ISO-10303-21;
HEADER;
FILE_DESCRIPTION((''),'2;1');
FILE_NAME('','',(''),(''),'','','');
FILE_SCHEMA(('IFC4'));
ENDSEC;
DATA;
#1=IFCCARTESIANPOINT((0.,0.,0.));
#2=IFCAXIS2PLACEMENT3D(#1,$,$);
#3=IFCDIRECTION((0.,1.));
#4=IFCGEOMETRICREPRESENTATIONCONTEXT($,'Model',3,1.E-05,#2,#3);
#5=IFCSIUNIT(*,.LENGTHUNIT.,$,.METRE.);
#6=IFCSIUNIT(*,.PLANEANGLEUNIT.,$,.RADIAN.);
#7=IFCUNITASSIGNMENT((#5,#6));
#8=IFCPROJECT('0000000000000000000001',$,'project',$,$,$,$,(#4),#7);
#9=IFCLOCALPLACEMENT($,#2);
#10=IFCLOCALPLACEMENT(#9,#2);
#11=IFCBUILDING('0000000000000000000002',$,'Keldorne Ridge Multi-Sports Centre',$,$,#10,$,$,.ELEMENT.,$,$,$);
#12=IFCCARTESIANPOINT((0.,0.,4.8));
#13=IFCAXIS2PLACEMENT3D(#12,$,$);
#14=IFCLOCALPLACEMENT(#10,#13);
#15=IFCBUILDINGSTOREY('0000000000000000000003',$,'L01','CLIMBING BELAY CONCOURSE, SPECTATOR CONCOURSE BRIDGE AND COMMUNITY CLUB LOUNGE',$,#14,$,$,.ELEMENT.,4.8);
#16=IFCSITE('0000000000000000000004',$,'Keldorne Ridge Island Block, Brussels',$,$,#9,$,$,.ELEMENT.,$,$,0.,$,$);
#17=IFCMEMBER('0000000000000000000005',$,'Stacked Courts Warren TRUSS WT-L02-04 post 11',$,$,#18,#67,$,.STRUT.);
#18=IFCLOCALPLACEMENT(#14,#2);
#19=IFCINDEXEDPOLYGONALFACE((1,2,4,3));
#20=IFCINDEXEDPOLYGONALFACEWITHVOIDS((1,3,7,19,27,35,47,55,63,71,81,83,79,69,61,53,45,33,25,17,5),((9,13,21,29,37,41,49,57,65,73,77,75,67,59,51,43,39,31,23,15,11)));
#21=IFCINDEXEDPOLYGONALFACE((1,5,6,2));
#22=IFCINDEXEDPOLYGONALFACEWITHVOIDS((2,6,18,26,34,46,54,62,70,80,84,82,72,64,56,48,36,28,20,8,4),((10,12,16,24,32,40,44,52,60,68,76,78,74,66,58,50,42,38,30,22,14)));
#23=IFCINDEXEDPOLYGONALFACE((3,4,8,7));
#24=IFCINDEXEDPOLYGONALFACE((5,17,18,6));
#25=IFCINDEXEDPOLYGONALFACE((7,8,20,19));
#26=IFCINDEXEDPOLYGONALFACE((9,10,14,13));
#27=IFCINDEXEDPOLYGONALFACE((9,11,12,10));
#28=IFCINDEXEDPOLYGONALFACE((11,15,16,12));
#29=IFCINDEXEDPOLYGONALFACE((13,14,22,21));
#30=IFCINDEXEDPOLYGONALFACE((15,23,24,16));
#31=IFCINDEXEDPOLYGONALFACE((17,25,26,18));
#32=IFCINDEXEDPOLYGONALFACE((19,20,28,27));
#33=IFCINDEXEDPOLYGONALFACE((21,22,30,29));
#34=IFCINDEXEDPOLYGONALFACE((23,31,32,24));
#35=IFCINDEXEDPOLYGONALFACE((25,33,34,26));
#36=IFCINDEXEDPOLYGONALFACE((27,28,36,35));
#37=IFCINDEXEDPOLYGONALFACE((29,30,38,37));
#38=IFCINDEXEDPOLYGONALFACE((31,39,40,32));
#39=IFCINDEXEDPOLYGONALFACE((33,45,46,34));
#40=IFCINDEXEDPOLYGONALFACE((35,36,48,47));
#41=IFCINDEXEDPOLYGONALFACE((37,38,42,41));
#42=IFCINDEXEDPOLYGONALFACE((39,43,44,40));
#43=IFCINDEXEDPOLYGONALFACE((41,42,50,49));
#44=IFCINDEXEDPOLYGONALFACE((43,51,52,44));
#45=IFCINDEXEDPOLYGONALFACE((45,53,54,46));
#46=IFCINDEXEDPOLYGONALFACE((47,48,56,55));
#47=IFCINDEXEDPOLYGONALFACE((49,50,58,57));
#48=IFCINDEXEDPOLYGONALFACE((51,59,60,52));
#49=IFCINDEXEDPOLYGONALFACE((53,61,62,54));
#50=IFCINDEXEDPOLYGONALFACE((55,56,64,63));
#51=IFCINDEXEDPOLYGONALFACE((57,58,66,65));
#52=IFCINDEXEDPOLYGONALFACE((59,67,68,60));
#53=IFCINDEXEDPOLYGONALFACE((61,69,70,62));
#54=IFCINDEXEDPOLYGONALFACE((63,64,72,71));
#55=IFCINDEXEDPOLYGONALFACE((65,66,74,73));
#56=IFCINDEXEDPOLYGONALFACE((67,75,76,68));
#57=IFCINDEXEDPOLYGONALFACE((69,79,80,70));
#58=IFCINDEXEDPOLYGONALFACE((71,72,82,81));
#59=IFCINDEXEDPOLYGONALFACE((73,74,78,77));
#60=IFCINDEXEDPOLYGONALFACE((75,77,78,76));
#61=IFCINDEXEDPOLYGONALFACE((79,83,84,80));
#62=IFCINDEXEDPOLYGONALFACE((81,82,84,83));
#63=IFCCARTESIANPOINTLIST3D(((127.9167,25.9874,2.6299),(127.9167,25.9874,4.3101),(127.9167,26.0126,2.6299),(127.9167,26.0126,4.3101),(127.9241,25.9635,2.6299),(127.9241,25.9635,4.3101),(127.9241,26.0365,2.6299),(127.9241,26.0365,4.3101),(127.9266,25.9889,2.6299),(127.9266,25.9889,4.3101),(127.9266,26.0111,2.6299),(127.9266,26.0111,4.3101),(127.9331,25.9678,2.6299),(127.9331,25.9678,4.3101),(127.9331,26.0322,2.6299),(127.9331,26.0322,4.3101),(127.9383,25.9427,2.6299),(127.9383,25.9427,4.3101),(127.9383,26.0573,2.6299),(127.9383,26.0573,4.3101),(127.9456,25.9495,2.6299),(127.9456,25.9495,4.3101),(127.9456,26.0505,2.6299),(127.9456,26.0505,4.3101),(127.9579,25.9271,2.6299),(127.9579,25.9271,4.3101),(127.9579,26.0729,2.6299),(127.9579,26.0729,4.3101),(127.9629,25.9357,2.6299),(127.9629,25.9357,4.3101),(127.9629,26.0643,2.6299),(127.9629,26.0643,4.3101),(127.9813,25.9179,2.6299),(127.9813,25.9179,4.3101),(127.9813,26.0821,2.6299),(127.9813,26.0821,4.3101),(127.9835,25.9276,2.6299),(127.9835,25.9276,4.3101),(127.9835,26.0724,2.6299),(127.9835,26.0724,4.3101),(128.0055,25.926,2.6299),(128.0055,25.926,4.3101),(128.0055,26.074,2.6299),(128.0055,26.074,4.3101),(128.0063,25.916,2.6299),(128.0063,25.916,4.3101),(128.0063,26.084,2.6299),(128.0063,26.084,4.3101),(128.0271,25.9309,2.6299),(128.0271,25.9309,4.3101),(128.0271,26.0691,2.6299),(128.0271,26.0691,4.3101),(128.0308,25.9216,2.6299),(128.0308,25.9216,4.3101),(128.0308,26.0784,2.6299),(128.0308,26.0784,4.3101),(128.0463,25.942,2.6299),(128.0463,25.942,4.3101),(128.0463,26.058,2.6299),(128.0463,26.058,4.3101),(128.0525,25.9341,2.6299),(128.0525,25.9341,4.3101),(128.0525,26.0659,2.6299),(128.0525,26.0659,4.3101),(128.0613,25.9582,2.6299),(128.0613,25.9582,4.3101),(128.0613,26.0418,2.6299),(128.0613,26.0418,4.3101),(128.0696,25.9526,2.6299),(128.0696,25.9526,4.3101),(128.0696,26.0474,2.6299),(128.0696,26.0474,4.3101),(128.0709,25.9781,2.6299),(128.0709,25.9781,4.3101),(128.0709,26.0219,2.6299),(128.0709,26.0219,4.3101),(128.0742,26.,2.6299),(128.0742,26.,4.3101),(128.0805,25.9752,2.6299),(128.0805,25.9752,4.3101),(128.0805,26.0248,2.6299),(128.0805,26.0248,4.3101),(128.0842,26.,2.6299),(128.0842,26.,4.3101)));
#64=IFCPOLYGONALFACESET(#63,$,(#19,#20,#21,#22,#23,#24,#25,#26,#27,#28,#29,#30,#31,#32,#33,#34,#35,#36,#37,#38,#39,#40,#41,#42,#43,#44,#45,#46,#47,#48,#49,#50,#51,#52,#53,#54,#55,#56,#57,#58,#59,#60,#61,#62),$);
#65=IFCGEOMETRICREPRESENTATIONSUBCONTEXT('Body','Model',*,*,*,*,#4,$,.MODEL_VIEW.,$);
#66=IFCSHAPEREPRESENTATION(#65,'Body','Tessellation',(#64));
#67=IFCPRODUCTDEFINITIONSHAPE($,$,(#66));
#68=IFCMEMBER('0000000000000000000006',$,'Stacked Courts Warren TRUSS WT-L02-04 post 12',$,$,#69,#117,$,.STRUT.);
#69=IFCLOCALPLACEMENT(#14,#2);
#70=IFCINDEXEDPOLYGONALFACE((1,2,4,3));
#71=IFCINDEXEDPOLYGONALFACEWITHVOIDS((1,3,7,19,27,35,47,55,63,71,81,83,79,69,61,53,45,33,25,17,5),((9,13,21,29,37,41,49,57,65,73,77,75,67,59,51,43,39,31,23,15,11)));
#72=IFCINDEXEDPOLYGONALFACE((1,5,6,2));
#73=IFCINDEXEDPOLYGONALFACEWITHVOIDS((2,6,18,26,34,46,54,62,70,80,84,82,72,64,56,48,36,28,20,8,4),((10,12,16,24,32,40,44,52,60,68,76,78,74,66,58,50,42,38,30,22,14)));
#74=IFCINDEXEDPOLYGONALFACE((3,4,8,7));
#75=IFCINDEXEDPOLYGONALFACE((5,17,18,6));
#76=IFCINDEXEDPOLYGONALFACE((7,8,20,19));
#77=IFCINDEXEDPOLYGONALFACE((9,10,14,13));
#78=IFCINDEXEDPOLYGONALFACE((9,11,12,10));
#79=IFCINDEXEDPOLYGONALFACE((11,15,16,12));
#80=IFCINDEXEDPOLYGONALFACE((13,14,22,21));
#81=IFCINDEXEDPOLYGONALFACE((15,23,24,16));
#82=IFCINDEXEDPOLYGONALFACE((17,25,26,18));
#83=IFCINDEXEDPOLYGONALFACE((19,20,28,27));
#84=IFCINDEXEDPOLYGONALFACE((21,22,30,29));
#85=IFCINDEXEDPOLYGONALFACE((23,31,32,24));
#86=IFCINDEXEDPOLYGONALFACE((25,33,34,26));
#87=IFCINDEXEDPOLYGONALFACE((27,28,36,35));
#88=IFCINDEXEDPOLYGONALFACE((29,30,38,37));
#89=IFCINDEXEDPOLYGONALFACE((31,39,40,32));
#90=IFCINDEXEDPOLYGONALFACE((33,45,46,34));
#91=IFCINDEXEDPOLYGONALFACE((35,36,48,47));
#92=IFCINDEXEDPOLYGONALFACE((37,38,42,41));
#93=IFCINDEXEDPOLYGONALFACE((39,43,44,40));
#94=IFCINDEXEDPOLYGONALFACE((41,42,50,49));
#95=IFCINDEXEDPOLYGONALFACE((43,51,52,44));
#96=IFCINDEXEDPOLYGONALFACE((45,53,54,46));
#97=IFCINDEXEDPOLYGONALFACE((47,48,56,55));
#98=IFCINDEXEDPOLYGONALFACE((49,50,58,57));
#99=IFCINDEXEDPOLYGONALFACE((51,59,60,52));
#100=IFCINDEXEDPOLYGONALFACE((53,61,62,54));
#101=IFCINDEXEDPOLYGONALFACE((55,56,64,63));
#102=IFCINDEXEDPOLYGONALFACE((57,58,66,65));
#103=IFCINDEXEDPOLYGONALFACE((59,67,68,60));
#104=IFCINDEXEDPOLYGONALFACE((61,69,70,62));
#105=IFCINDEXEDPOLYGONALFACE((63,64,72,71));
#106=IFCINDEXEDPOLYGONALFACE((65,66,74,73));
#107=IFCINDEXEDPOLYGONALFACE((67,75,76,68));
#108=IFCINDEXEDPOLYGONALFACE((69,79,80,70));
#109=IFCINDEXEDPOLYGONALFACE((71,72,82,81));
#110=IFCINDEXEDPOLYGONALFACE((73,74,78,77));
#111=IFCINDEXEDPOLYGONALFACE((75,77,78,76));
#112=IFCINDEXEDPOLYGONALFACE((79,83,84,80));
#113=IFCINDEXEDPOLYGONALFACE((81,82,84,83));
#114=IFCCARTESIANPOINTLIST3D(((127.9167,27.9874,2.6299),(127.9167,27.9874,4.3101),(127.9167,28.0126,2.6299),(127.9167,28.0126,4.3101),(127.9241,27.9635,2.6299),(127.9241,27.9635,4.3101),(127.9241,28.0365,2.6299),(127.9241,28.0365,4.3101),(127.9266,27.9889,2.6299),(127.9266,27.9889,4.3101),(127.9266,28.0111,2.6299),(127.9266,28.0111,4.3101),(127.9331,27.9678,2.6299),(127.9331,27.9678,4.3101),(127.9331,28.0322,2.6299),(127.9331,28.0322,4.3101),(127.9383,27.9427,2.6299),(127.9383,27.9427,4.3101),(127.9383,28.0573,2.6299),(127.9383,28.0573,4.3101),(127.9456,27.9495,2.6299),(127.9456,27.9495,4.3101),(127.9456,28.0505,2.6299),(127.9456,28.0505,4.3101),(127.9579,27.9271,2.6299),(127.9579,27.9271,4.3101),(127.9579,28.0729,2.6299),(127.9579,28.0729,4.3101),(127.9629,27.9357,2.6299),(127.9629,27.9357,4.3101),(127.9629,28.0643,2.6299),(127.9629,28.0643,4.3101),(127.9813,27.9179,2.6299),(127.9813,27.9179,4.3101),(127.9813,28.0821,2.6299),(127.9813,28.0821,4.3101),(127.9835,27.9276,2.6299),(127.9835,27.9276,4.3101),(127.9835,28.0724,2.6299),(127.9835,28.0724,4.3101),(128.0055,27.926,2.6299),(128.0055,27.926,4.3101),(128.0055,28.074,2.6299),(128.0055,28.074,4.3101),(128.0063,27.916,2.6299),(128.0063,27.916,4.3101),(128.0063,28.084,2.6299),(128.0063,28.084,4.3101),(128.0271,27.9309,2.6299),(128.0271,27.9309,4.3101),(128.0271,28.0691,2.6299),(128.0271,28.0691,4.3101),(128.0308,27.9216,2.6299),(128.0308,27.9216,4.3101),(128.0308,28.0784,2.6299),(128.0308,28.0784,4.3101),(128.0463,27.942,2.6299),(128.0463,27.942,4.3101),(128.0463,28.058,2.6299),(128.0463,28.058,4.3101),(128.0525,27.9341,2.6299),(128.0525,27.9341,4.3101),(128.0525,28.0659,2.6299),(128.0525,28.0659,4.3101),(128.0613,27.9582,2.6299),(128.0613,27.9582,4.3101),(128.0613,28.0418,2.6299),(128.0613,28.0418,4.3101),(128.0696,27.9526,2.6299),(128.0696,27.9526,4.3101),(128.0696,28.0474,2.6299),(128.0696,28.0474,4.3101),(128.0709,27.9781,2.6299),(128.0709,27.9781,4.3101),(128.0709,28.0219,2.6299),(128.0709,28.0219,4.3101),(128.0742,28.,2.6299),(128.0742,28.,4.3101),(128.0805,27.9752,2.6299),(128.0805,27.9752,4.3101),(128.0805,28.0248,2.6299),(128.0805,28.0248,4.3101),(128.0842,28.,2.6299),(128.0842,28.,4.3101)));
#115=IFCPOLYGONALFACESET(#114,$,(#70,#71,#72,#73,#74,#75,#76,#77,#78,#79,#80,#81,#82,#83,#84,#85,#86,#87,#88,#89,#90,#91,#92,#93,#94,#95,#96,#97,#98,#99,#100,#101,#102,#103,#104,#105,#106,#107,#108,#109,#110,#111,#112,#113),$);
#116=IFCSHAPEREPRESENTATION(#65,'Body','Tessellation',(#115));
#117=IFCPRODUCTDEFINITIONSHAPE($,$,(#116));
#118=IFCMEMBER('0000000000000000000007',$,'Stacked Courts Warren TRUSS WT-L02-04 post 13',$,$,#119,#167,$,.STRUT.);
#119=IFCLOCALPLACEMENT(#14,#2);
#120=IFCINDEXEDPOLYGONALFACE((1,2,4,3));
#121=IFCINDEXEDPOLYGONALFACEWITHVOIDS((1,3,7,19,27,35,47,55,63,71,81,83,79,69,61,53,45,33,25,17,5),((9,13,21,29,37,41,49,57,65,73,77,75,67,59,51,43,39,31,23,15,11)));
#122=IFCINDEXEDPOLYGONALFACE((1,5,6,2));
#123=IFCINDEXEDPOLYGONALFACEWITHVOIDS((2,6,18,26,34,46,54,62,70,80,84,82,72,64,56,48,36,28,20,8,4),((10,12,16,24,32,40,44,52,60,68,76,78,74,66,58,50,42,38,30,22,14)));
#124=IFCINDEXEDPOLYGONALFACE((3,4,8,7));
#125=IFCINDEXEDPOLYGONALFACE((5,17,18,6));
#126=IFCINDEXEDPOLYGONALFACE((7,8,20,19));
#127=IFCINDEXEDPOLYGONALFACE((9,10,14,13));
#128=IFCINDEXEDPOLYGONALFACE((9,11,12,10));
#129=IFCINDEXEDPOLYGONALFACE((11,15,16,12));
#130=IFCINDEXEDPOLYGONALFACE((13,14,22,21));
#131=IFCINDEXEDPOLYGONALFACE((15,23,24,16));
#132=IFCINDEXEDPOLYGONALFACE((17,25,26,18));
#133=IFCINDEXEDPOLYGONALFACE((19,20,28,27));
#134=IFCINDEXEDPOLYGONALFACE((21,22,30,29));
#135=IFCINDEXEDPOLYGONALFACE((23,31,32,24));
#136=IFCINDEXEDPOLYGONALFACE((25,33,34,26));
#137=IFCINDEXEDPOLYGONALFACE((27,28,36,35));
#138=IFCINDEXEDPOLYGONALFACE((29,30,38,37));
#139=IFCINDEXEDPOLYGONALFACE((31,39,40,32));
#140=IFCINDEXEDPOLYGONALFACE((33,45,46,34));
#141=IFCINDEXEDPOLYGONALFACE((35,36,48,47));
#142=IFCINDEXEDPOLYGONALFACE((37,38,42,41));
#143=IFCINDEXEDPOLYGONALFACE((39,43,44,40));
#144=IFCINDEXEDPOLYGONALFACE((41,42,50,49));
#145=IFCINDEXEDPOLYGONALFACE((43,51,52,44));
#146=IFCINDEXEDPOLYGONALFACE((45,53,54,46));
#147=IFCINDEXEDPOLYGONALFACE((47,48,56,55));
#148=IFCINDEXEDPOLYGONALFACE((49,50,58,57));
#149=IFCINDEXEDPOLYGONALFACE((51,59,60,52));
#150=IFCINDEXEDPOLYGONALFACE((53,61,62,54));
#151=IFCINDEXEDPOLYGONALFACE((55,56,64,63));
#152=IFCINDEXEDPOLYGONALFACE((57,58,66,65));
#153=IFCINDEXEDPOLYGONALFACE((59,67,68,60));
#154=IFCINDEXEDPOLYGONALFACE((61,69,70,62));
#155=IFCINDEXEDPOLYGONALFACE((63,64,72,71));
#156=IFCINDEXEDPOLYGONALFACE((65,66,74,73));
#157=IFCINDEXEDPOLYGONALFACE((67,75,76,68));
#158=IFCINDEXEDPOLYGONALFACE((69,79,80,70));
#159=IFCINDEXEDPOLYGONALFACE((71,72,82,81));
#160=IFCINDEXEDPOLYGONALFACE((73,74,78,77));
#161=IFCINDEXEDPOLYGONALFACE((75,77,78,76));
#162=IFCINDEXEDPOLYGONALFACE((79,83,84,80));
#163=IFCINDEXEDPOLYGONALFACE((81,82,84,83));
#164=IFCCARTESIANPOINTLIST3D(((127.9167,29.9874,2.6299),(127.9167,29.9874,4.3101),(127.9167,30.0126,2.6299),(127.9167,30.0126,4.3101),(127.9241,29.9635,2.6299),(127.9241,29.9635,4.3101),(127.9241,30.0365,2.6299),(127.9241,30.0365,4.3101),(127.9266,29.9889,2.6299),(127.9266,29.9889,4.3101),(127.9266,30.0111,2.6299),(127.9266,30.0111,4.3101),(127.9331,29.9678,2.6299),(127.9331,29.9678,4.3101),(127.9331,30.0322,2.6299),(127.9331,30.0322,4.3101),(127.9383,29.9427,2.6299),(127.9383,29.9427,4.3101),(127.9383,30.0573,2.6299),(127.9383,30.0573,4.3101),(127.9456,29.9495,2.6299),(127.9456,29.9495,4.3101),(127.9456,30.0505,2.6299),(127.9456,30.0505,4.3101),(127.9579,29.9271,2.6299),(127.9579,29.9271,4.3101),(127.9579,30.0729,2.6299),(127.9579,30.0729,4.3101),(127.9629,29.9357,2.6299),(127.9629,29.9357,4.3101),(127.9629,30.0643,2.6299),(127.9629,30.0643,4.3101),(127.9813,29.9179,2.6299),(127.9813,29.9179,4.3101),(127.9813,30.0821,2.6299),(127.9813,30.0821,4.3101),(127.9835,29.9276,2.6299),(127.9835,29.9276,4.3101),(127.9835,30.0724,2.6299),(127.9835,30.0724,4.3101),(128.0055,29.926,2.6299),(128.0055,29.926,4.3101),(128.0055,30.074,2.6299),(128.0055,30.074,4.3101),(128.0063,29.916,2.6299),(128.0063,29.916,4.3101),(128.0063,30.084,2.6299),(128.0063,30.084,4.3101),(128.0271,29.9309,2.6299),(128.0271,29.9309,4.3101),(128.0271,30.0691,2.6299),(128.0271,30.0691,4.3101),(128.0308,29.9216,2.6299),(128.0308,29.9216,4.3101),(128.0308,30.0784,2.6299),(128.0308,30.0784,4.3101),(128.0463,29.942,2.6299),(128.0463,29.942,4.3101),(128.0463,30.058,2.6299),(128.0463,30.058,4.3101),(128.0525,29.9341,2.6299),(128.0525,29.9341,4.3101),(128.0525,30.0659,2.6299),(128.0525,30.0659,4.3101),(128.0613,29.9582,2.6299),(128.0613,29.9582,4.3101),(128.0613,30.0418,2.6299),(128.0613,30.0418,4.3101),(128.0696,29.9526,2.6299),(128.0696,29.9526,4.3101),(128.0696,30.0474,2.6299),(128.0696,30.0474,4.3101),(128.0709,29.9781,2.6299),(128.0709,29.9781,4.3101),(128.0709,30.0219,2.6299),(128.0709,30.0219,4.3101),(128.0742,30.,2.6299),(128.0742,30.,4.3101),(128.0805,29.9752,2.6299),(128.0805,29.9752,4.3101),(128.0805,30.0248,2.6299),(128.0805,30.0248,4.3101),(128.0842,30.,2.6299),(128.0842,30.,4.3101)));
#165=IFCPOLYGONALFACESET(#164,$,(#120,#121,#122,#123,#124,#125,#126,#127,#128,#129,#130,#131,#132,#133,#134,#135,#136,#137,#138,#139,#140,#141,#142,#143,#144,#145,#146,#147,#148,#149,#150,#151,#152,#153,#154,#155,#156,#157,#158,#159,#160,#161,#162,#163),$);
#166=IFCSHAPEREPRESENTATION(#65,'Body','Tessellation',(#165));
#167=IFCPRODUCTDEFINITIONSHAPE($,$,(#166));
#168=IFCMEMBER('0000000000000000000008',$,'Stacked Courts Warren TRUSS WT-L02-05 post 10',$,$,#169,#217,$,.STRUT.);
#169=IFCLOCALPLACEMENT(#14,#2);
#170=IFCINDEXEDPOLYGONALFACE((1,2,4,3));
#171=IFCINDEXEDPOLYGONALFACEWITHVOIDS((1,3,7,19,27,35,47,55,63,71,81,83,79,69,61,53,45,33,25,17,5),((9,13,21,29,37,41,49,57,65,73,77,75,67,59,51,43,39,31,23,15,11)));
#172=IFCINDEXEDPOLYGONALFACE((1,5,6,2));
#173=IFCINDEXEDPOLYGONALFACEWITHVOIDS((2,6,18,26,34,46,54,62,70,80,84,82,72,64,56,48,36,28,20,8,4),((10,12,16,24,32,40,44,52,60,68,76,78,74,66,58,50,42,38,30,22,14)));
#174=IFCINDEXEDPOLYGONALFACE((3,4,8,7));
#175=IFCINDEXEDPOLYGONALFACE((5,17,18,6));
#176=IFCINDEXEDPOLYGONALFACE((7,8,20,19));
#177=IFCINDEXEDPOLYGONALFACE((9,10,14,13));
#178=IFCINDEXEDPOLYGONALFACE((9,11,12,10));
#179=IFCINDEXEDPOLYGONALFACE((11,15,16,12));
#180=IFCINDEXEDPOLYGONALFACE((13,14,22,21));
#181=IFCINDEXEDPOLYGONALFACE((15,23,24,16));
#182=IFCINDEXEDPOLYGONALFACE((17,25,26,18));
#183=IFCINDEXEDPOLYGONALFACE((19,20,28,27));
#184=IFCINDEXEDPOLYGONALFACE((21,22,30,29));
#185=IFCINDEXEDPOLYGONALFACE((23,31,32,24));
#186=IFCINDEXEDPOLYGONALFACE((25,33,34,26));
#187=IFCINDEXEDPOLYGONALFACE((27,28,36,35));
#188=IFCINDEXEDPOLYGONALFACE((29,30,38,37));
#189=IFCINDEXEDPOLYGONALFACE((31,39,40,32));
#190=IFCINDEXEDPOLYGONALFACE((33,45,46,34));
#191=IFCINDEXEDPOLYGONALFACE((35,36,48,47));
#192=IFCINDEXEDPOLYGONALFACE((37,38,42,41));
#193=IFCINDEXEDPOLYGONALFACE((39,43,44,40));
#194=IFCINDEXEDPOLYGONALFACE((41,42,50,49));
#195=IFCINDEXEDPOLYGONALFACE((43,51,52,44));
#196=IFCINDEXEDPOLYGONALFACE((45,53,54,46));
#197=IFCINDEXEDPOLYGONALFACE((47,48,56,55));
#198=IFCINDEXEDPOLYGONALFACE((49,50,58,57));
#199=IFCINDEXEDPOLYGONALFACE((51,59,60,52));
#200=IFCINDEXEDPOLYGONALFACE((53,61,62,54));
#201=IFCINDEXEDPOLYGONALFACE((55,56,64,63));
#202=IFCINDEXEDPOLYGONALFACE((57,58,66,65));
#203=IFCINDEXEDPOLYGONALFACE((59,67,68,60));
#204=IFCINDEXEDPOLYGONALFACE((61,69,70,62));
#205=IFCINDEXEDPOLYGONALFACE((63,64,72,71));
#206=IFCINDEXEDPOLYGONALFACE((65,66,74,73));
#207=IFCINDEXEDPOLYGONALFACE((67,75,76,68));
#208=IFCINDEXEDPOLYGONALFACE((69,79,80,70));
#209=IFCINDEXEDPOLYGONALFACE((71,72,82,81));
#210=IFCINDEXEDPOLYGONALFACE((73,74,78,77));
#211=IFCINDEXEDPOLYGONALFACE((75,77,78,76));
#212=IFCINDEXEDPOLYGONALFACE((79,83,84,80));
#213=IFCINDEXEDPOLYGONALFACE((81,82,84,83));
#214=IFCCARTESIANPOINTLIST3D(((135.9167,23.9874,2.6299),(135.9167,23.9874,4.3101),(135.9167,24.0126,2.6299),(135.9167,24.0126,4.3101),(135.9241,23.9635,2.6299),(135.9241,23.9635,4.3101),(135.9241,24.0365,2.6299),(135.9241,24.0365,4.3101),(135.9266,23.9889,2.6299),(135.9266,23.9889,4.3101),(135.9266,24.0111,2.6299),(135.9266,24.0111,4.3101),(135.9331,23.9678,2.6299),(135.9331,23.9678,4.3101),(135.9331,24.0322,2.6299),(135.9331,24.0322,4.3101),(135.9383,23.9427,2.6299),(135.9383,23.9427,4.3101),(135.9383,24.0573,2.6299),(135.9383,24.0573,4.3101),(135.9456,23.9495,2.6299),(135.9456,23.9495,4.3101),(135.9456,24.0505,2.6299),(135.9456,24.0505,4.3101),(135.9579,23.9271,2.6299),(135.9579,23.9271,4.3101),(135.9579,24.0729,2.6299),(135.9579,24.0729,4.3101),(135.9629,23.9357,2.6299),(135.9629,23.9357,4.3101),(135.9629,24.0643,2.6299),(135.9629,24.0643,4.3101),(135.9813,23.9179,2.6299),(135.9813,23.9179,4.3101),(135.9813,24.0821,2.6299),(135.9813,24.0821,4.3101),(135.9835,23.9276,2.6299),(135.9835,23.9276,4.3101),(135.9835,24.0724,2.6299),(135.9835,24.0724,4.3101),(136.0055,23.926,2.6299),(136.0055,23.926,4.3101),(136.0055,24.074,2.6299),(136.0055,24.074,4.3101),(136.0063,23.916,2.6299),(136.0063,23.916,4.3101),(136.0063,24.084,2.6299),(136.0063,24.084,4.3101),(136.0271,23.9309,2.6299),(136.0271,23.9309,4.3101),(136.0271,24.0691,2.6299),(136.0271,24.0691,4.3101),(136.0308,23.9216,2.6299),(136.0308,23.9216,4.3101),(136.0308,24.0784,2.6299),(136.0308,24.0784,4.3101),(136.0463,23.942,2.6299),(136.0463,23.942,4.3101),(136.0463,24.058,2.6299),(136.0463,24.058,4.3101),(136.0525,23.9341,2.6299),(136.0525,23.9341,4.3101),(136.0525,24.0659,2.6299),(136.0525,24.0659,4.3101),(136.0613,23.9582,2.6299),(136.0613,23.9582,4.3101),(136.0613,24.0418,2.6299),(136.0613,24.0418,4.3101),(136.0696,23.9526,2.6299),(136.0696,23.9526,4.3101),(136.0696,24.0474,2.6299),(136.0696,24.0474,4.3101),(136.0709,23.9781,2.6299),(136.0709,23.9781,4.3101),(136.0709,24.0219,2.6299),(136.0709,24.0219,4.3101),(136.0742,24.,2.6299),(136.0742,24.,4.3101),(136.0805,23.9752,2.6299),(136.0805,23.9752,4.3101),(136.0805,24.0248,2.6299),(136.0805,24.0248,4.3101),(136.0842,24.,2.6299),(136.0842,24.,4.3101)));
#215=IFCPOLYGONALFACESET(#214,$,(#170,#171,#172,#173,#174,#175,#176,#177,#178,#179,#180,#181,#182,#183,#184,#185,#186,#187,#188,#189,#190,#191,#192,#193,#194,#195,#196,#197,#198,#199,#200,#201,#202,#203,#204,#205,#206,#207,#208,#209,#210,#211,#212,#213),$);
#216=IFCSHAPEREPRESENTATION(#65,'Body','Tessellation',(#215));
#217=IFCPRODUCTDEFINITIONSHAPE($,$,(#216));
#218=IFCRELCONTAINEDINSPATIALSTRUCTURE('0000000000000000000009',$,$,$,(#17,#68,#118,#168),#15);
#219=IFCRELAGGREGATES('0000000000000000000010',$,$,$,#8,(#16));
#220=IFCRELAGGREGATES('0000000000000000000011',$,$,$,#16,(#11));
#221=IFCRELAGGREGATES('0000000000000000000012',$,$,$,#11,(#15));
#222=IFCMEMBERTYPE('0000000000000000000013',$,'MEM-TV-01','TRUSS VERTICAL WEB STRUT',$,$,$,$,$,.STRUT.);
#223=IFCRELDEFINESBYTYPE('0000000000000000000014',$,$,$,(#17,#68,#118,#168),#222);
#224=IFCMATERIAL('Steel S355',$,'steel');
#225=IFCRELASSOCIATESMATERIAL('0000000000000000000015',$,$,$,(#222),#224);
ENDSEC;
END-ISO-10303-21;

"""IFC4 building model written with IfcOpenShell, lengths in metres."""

from ifc_helpers import new_model, si_unit, direction, frame, origin, origin_2d, place, context, subcontext, project, spatial, hollow_circle, extrude, material, material_profile, profile_set, type_object, element, save


model = new_model("IFC4")

# Units and contexts
model_context = context("Model", 3, precision=1e-05, world=origin(), true_north=direction((0.0, 1.0)))
body_context = subcontext(model_context, "Body", "Model", "MODEL_VIEW")
ifc_project = project(units=[si_unit("LENGTHUNIT", "METRE"), si_unit("PLANEANGLEUNIT", "RADIAN")], contexts=[model_context])

# Site, building, storey
site_placement = place(None, origin())
site = spatial("IfcSite", under=ifc_project, at=site_placement, Name="Keldorne Ridge Island Block, Brussels", CompositionType="ELEMENT", RefElevation=0.0)
building_placement = place(site_placement, origin())
building = spatial("IfcBuilding", under=site, at=building_placement, Name="Keldorne Ridge Multi-Sports Centre", CompositionType="ELEMENT")
storey_placement = place(building_placement, frame((0.0, 0.0, 4.8)))
storey = spatial("IfcBuildingStorey", under=building, at=storey_placement, Name="L01", Description="CLIMBING BELAY CONCOURSE, SPECTATOR CONCOURSE BRIDGE AND COMMUNITY CLUB LOUNGE", CompositionType="ELEMENT", Elevation=4.8)

# Members
ifc_material = material(Name="Steel S355", Category="steel")
ifc_material_profile_1 = material_profile(ifc_material, hollow_circle(Radius=0.0842, WallThickness=0.01, at=origin_2d()), Name="CHS 168.3x10")
ifc_profile_set_1 = profile_set([ifc_material_profile_1], Name="Steel S355")
member_type_1 = type_object("IfcMemberType", Name="MEM-TV-01", Description="TRUSS VERTICAL WEB STRUT", PredefinedType="STRUT", material=ifc_profile_set_1)
for number, where, z_axis, x_axis, name in (
    (1, (128.0, 26.0, 2.6299), (0.0, 0.0, 1.0), (1.0, 0.0, 0.0), "Stacked Courts Warren TRUSS WT-L02-04 post 11"),
    (2, (128.0, 28.0, 2.6299), (0.0, 0.0, 1.0), (1.0, 0.0, 0.0), "Stacked Courts Warren TRUSS WT-L02-04 post 12"),
    (3, (128.0, 30.0, 2.6299), (0.0, 0.0, 1.0), (1.0, 0.0, 0.0), "Stacked Courts Warren TRUSS WT-L02-04 post 13"),
    (4, (136.0, 24.0, 2.6299), (0.0, 0.0, 1.0), (1.0, 0.0, 0.0), "Stacked Courts Warren TRUSS WT-L02-05 post 10"),
):
    element("IfcMember", number, at=place(storey_placement, frame(where, z_axis=z_axis, x_axis=x_axis)), inside=storey, type_object=member_type_1, Name=name, PredefinedType="STRUT", context=body_context, shape_type="SweptSolid", body=[
        extrude(hollow_circle(Radius=0.0842, WallThickness=0.01, at=origin_2d()), origin(), (0.0, 0.0, 1.0), 1.6802),
    ])

save(model, "model.ifc")
